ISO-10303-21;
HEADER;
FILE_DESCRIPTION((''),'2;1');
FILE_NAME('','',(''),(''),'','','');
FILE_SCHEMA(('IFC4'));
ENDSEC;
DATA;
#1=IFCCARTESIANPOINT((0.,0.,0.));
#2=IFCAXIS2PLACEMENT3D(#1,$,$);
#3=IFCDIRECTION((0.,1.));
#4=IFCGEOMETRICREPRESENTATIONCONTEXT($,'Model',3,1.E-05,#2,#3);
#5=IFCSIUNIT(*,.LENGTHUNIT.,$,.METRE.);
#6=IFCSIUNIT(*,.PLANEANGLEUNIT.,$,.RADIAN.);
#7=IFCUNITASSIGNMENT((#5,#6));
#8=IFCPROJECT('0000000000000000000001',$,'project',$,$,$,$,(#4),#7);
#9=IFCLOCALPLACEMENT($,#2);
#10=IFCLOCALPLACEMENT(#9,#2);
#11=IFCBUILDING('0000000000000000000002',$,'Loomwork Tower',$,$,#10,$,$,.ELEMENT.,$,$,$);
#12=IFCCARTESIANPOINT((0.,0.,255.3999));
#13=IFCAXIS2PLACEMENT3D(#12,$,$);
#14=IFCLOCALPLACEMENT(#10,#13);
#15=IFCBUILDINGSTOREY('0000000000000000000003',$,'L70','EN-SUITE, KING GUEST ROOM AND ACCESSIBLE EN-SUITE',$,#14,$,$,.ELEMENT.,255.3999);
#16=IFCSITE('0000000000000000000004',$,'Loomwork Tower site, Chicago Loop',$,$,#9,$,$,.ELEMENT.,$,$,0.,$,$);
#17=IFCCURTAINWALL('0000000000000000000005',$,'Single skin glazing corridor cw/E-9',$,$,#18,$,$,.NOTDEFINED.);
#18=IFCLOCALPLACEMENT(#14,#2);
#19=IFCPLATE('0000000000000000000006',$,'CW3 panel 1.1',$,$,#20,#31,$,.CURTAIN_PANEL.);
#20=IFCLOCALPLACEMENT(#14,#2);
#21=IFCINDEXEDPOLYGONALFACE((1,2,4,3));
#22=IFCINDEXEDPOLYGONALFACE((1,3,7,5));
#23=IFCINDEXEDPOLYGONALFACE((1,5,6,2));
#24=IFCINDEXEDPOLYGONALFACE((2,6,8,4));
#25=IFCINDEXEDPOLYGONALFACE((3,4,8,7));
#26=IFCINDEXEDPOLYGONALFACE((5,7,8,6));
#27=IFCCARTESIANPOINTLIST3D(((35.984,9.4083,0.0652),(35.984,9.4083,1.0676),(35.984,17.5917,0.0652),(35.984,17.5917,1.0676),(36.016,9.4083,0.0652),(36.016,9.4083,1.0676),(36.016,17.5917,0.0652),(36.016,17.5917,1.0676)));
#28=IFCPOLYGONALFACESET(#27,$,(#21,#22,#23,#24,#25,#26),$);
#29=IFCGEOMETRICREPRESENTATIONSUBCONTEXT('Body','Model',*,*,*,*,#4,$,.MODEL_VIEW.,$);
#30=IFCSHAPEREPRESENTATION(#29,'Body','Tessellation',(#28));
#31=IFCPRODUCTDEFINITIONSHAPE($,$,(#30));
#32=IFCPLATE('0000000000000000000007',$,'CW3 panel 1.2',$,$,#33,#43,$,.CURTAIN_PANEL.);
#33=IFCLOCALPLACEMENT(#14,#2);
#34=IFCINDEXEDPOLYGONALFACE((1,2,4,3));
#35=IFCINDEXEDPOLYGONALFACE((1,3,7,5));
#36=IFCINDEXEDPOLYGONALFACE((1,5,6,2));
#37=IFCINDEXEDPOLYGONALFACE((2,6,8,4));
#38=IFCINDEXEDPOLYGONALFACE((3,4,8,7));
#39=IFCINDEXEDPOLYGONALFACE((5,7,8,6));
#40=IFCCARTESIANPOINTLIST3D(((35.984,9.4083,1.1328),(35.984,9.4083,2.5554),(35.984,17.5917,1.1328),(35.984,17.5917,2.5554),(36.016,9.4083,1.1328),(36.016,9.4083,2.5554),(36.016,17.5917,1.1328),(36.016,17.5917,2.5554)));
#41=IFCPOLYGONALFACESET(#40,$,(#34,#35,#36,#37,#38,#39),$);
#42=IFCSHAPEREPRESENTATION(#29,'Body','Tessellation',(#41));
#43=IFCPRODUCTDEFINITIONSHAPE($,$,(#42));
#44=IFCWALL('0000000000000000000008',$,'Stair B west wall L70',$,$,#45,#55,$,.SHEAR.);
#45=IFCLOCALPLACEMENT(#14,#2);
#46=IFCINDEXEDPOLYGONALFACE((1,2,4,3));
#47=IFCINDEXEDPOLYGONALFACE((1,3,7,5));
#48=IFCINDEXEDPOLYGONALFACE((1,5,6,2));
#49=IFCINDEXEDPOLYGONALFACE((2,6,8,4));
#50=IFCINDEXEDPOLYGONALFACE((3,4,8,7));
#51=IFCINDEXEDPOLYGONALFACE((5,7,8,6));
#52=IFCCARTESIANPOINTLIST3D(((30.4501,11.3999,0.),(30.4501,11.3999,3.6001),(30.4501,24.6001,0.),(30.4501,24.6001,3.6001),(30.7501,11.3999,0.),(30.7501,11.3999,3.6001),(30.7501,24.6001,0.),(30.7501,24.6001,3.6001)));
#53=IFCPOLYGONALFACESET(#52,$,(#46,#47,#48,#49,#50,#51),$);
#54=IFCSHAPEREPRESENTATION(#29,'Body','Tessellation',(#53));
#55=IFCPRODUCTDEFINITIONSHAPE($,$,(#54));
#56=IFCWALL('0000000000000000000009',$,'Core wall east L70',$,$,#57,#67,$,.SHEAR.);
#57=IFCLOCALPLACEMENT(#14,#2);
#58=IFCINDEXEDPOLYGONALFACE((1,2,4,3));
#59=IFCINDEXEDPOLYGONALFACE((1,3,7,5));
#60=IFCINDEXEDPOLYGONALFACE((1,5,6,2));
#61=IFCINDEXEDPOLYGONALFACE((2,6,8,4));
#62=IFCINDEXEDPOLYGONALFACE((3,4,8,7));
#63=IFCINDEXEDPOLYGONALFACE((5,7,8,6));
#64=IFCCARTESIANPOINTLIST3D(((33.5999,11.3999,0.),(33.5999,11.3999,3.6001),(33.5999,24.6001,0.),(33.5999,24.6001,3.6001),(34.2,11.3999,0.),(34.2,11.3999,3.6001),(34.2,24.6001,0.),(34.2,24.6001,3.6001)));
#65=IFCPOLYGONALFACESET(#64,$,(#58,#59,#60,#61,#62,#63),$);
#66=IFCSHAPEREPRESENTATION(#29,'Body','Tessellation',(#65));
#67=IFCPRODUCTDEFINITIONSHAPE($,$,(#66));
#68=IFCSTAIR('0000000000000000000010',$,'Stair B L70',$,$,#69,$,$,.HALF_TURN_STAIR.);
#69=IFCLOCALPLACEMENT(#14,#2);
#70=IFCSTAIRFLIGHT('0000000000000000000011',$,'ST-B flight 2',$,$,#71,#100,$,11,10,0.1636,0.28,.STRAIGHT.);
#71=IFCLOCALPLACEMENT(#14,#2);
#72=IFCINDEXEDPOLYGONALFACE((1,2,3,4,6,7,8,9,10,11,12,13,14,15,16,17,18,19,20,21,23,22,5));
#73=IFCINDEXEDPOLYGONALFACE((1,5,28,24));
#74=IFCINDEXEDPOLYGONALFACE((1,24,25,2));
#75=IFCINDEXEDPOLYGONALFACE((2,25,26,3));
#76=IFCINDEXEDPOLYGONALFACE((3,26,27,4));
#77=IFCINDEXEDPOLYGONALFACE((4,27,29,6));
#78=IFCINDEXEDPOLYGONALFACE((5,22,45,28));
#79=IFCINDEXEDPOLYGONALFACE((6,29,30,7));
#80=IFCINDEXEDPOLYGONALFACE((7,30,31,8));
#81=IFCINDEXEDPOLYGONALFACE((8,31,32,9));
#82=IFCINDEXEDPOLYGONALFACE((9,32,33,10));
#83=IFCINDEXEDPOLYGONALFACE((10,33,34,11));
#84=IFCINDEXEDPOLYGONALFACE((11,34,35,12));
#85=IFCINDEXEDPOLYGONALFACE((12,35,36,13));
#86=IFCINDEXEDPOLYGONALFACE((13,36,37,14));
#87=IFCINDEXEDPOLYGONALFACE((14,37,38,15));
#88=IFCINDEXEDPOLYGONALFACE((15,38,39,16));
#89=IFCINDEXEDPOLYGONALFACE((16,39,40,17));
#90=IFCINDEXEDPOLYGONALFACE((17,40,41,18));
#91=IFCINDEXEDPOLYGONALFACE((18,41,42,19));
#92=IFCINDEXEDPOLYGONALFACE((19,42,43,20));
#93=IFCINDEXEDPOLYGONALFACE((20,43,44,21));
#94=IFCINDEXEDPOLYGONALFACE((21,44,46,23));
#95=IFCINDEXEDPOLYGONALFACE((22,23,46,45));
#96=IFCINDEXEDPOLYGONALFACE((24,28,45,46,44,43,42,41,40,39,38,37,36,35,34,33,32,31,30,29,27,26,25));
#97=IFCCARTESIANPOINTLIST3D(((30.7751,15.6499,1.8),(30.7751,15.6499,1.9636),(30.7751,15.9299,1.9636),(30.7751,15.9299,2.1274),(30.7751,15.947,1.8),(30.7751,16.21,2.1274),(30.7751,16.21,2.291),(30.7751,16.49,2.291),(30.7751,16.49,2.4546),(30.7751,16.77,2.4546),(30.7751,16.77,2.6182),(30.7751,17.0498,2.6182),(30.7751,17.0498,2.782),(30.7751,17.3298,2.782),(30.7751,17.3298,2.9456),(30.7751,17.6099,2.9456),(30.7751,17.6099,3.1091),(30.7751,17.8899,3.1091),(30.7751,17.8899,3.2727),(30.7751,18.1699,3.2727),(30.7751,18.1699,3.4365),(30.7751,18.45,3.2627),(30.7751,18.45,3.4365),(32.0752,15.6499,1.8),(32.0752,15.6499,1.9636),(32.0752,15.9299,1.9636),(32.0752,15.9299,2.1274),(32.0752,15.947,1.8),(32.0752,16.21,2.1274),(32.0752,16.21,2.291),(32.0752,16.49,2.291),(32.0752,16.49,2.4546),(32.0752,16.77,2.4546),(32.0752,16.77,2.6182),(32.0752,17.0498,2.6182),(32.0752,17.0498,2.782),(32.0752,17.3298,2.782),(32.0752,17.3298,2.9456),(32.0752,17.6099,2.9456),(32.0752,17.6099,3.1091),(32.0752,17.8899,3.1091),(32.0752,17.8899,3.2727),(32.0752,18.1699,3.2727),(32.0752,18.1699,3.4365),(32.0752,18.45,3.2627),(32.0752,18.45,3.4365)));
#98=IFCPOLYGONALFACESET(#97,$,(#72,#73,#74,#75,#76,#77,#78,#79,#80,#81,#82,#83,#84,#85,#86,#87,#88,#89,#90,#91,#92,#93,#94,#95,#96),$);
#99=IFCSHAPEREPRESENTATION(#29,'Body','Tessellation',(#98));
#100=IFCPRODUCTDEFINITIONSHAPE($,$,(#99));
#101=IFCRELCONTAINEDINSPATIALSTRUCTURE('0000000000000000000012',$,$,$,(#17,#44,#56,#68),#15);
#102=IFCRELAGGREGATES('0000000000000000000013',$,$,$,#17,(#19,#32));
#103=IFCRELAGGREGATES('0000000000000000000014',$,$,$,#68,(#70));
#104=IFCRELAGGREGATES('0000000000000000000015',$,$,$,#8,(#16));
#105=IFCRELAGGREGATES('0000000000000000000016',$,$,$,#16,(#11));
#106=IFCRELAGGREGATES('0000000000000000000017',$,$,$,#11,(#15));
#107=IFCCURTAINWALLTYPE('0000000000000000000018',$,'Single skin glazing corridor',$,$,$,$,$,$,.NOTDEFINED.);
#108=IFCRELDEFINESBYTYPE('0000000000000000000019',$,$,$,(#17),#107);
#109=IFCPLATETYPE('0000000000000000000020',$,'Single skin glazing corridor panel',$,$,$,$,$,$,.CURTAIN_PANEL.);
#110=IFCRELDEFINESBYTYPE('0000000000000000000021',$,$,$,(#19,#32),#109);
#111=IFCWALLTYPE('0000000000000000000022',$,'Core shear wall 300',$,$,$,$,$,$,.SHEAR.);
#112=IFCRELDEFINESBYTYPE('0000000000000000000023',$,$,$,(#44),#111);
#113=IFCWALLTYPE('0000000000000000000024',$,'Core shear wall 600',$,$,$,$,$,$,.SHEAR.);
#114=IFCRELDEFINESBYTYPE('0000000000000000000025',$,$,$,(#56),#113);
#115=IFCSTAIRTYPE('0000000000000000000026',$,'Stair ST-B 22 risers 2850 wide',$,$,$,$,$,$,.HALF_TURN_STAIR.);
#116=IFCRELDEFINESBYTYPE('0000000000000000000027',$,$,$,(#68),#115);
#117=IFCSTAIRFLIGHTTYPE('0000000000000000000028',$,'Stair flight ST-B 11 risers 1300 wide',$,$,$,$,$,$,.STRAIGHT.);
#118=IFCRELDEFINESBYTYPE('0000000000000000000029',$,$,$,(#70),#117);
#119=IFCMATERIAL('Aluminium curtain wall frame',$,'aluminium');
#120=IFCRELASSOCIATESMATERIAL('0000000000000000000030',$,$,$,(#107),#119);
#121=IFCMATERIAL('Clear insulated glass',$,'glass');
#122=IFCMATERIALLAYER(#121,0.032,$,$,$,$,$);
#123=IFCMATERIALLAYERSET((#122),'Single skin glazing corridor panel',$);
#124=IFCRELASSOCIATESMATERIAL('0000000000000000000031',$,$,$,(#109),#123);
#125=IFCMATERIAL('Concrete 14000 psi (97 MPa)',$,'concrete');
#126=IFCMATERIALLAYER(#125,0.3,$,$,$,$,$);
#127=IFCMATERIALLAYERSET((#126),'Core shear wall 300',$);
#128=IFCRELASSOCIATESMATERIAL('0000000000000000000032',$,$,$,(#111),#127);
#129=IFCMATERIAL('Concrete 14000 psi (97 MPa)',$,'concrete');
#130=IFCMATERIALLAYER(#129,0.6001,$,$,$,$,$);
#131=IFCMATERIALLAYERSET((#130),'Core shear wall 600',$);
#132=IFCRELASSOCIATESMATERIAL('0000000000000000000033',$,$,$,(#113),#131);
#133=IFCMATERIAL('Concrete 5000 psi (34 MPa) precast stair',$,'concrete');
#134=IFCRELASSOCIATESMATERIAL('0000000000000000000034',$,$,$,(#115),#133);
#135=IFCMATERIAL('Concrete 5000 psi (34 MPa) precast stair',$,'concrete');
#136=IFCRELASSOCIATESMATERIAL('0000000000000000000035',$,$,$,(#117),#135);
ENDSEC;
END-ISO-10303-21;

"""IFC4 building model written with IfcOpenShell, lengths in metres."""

from ifc_helpers import new_model, si_unit, direction, frame, frame_2d, origin, origin_2d, place, context, subcontext, project, spatial, polyline, rectangle, outline, extrude, material, layer, layer_set, type_object, element, aggregate, save


model = new_model("IFC4")

# Units and contexts
model_context = context("Model", 3, precision=1e-05, world=origin(), true_north=direction((0.0, 1.0)))
body_context = subcontext(model_context, "Body", "Model", "MODEL_VIEW")
ifc_project = project(units=[si_unit("LENGTHUNIT", "METRE"), si_unit("PLANEANGLEUNIT", "RADIAN")], contexts=[model_context])

# Site, building, storey
site_placement = place(None, origin())
site = spatial("IfcSite", under=ifc_project, at=site_placement, Name="Loomwork Tower site, Chicago Loop", CompositionType="ELEMENT", RefElevation=0.0)
building_placement = place(site_placement, origin())
building = spatial("IfcBuilding", under=site, at=building_placement, Name="Loomwork Tower", CompositionType="ELEMENT")
storey_placement = place(building_placement, frame((0.0, 0.0, 255.3999)))
storey = spatial("IfcBuildingStorey", under=building, at=storey_placement, Name="L70", Description="EN-SUITE, KING GUEST ROOM AND ACCESSIBLE EN-SUITE", CompositionType="ELEMENT", Elevation=255.3999)

# Curtain wall
ifc_material_1 = material(Name="Aluminium curtain wall frame", Category="aluminium")
curtain_wall_type = type_object("IfcCurtainWallType", Name="Single skin glazing corridor", PredefinedType="NOTDEFINED", material=ifc_material_1)
curtain_wall_1_placement = place(storey_placement, origin())
curtain_wall_1 = element("IfcCurtainWall", 1, at=curtain_wall_1_placement, inside=storey, type_object=curtain_wall_type, Name="Single skin glazing corridor cw/E-9", PredefinedType="NOTDEFINED")

# Plates
ifc_material_2 = material(Name="Clear insulated glass", Category="glass")
ifc_layer_1 = layer(ifc_material_2, 0.032)
ifc_layer_set_1 = layer_set([ifc_layer_1], Name="Single skin glazing corridor panel")
plate_type = type_object("IfcPlateType", Name="Single skin glazing corridor panel", PredefinedType="CURTAIN_PANEL", material=ifc_layer_set_1)
plate_1_placement = place(storey_placement, frame((36.0, 13.5, 0.0652), z_axis=(0.0, 0.0, 1.0), x_axis=(0.0, 1.0, 0.0)))
plate_1 = element("IfcPlate", 2, at=plate_1_placement, type_object=plate_type, Name="CW3 panel 1.1", PredefinedType="CURTAIN_PANEL", context=body_context, shape_type="SweptSolid", body=[
    extrude(rectangle(XDim=8.1833, YDim=0.032, at=origin_2d()), origin(), (0.0, 0.0, 1.0), 1.0024),
])
plate_2_placement = place(storey_placement, frame((36.0, 13.5, 1.1328), z_axis=(0.0, 0.0, 1.0), x_axis=(0.0, 1.0, 0.0)))
plate_2 = element("IfcPlate", 3, at=plate_2_placement, type_object=plate_type, Name="CW3 panel 1.2", PredefinedType="CURTAIN_PANEL", context=body_context, shape_type="SweptSolid", body=[
    extrude(rectangle(XDim=8.1833, YDim=0.032, at=origin_2d()), origin(), (0.0, 0.0, 1.0), 1.4226),
])
aggregate(curtain_wall_1, [plate_1, plate_2])

# Walls
ifc_material_3 = material(Name="Concrete 14000 psi (97 MPa)", Category="concrete")
ifc_layer_2 = layer(ifc_material_3, 0.3)
ifc_layer_set_2 = layer_set([ifc_layer_2], Name="Core shear wall 300")
wall_type_1 = type_object("IfcWallType", Name="Core shear wall 300", PredefinedType="SHEAR", material=ifc_layer_set_2)
wall_1_placement = place(storey_placement, frame((30.6001, 11.3999, 0.0), z_axis=(0.0, 0.0, 1.0), x_axis=(0.0, 1.0, 0.0)))
element("IfcWall", 4, at=wall_1_placement, inside=storey, type_object=wall_type_1, Name="Stair B west wall L70", PredefinedType="SHEAR", context=body_context, shape_type="SweptSolid", body=[
    extrude(rectangle(XDim=13.2002, YDim=0.3, at=frame_2d((6.6001, 0.0))), origin(), (0.0, 0.0, 1.0), 3.6001),
])
ifc_material_4 = material(Name="Concrete 14000 psi (97 MPa)", Category="concrete")
ifc_layer_3 = layer(ifc_material_4, 0.6001)
ifc_layer_set_3 = layer_set([ifc_layer_3], Name="Core shear wall 600")
wall_type_2 = type_object("IfcWallType", Name="Core shear wall 600", PredefinedType="SHEAR", material=ifc_layer_set_3)
wall_2_placement = place(storey_placement, frame((33.8999, 11.3999, 0.0), z_axis=(0.0, 0.0, 1.0), x_axis=(0.0, 1.0, 0.0)))
element("IfcWall", 5, at=wall_2_placement, inside=storey, type_object=wall_type_2, Name="Core wall east L70", PredefinedType="SHEAR", context=body_context, shape_type="SweptSolid", body=[
    extrude(rectangle(XDim=13.2002, YDim=0.6001, at=frame_2d((6.6001, 0.0))), origin(), (0.0, 0.0, 1.0), 3.6001),
])

# Stair, stair flight
ifc_material_5 = material(Name="Concrete 5000 psi (34 MPa) precast stair", Category="concrete")
stair_type = type_object("IfcStairType", Name="Stair ST-B 22 risers 2850 wide", PredefinedType="HALF_TURN_STAIR", material=ifc_material_5)
stair_placement = place(storey_placement, origin())
stair = element("IfcStair", 6, at=stair_placement, inside=storey, type_object=stair_type, Name="Stair B L70", PredefinedType="HALF_TURN_STAIR")
ifc_material_6 = material(Name="Concrete 5000 psi (34 MPa) precast stair", Category="concrete")
stair_flight_type = type_object("IfcStairFlightType", Name="Stair flight ST-B 11 risers 1300 wide", PredefinedType="STRAIGHT", material=ifc_material_6)
stair_flight_placement = place(storey_placement, frame((31.425, 15.6499, 1.8), z_axis=(0.0, 0.0, 1.0), x_axis=(0.0, 1.0, 0.0)))
stair_flight = element("IfcStairFlight", 7, at=stair_flight_placement, type_object=stair_flight_type, Name="ST-B flight 2", NumberOfRisers=11, NumberOfTreads=10, PredefinedType="STRAIGHT", RiserHeight=0.1636, TreadLength=0.28, context=body_context, shape_type="SweptSolid", body=[
    extrude(outline(polyline([(0.0, 0.0), (0.0, 0.1636), (0.28, 0.1636), (0.28, 0.3274), (0.5601, 0.3274), (0.5601, 0.491), (0.8401, 0.491), (0.8401, 0.6545), (1.1201, 0.6545), (1.1201, 0.8181), (1.3999, 0.8181), (1.3999, 0.9819), (1.6799, 0.9819), (1.6799, 1.1455), (1.96, 1.1455), (1.96, 1.3091), (2.24, 1.3091), (2.24, 1.4727), (2.52, 1.4727), (2.52, 1.6365), (2.8, 1.6365), (2.8, 1.8), (2.8, 1.4626), (0.2971, 0.0), (0.0, 0.0)])), frame((0.0, 0.6499, 0.0), z_axis=(0.0, -1.0, 0.0), x_axis=(1.0, 0.0, 0.0)), (0.0, 0.0, 1.0), 1.3),
])
aggregate(stair, [stair_flight])

save(model, "model.ifc")
